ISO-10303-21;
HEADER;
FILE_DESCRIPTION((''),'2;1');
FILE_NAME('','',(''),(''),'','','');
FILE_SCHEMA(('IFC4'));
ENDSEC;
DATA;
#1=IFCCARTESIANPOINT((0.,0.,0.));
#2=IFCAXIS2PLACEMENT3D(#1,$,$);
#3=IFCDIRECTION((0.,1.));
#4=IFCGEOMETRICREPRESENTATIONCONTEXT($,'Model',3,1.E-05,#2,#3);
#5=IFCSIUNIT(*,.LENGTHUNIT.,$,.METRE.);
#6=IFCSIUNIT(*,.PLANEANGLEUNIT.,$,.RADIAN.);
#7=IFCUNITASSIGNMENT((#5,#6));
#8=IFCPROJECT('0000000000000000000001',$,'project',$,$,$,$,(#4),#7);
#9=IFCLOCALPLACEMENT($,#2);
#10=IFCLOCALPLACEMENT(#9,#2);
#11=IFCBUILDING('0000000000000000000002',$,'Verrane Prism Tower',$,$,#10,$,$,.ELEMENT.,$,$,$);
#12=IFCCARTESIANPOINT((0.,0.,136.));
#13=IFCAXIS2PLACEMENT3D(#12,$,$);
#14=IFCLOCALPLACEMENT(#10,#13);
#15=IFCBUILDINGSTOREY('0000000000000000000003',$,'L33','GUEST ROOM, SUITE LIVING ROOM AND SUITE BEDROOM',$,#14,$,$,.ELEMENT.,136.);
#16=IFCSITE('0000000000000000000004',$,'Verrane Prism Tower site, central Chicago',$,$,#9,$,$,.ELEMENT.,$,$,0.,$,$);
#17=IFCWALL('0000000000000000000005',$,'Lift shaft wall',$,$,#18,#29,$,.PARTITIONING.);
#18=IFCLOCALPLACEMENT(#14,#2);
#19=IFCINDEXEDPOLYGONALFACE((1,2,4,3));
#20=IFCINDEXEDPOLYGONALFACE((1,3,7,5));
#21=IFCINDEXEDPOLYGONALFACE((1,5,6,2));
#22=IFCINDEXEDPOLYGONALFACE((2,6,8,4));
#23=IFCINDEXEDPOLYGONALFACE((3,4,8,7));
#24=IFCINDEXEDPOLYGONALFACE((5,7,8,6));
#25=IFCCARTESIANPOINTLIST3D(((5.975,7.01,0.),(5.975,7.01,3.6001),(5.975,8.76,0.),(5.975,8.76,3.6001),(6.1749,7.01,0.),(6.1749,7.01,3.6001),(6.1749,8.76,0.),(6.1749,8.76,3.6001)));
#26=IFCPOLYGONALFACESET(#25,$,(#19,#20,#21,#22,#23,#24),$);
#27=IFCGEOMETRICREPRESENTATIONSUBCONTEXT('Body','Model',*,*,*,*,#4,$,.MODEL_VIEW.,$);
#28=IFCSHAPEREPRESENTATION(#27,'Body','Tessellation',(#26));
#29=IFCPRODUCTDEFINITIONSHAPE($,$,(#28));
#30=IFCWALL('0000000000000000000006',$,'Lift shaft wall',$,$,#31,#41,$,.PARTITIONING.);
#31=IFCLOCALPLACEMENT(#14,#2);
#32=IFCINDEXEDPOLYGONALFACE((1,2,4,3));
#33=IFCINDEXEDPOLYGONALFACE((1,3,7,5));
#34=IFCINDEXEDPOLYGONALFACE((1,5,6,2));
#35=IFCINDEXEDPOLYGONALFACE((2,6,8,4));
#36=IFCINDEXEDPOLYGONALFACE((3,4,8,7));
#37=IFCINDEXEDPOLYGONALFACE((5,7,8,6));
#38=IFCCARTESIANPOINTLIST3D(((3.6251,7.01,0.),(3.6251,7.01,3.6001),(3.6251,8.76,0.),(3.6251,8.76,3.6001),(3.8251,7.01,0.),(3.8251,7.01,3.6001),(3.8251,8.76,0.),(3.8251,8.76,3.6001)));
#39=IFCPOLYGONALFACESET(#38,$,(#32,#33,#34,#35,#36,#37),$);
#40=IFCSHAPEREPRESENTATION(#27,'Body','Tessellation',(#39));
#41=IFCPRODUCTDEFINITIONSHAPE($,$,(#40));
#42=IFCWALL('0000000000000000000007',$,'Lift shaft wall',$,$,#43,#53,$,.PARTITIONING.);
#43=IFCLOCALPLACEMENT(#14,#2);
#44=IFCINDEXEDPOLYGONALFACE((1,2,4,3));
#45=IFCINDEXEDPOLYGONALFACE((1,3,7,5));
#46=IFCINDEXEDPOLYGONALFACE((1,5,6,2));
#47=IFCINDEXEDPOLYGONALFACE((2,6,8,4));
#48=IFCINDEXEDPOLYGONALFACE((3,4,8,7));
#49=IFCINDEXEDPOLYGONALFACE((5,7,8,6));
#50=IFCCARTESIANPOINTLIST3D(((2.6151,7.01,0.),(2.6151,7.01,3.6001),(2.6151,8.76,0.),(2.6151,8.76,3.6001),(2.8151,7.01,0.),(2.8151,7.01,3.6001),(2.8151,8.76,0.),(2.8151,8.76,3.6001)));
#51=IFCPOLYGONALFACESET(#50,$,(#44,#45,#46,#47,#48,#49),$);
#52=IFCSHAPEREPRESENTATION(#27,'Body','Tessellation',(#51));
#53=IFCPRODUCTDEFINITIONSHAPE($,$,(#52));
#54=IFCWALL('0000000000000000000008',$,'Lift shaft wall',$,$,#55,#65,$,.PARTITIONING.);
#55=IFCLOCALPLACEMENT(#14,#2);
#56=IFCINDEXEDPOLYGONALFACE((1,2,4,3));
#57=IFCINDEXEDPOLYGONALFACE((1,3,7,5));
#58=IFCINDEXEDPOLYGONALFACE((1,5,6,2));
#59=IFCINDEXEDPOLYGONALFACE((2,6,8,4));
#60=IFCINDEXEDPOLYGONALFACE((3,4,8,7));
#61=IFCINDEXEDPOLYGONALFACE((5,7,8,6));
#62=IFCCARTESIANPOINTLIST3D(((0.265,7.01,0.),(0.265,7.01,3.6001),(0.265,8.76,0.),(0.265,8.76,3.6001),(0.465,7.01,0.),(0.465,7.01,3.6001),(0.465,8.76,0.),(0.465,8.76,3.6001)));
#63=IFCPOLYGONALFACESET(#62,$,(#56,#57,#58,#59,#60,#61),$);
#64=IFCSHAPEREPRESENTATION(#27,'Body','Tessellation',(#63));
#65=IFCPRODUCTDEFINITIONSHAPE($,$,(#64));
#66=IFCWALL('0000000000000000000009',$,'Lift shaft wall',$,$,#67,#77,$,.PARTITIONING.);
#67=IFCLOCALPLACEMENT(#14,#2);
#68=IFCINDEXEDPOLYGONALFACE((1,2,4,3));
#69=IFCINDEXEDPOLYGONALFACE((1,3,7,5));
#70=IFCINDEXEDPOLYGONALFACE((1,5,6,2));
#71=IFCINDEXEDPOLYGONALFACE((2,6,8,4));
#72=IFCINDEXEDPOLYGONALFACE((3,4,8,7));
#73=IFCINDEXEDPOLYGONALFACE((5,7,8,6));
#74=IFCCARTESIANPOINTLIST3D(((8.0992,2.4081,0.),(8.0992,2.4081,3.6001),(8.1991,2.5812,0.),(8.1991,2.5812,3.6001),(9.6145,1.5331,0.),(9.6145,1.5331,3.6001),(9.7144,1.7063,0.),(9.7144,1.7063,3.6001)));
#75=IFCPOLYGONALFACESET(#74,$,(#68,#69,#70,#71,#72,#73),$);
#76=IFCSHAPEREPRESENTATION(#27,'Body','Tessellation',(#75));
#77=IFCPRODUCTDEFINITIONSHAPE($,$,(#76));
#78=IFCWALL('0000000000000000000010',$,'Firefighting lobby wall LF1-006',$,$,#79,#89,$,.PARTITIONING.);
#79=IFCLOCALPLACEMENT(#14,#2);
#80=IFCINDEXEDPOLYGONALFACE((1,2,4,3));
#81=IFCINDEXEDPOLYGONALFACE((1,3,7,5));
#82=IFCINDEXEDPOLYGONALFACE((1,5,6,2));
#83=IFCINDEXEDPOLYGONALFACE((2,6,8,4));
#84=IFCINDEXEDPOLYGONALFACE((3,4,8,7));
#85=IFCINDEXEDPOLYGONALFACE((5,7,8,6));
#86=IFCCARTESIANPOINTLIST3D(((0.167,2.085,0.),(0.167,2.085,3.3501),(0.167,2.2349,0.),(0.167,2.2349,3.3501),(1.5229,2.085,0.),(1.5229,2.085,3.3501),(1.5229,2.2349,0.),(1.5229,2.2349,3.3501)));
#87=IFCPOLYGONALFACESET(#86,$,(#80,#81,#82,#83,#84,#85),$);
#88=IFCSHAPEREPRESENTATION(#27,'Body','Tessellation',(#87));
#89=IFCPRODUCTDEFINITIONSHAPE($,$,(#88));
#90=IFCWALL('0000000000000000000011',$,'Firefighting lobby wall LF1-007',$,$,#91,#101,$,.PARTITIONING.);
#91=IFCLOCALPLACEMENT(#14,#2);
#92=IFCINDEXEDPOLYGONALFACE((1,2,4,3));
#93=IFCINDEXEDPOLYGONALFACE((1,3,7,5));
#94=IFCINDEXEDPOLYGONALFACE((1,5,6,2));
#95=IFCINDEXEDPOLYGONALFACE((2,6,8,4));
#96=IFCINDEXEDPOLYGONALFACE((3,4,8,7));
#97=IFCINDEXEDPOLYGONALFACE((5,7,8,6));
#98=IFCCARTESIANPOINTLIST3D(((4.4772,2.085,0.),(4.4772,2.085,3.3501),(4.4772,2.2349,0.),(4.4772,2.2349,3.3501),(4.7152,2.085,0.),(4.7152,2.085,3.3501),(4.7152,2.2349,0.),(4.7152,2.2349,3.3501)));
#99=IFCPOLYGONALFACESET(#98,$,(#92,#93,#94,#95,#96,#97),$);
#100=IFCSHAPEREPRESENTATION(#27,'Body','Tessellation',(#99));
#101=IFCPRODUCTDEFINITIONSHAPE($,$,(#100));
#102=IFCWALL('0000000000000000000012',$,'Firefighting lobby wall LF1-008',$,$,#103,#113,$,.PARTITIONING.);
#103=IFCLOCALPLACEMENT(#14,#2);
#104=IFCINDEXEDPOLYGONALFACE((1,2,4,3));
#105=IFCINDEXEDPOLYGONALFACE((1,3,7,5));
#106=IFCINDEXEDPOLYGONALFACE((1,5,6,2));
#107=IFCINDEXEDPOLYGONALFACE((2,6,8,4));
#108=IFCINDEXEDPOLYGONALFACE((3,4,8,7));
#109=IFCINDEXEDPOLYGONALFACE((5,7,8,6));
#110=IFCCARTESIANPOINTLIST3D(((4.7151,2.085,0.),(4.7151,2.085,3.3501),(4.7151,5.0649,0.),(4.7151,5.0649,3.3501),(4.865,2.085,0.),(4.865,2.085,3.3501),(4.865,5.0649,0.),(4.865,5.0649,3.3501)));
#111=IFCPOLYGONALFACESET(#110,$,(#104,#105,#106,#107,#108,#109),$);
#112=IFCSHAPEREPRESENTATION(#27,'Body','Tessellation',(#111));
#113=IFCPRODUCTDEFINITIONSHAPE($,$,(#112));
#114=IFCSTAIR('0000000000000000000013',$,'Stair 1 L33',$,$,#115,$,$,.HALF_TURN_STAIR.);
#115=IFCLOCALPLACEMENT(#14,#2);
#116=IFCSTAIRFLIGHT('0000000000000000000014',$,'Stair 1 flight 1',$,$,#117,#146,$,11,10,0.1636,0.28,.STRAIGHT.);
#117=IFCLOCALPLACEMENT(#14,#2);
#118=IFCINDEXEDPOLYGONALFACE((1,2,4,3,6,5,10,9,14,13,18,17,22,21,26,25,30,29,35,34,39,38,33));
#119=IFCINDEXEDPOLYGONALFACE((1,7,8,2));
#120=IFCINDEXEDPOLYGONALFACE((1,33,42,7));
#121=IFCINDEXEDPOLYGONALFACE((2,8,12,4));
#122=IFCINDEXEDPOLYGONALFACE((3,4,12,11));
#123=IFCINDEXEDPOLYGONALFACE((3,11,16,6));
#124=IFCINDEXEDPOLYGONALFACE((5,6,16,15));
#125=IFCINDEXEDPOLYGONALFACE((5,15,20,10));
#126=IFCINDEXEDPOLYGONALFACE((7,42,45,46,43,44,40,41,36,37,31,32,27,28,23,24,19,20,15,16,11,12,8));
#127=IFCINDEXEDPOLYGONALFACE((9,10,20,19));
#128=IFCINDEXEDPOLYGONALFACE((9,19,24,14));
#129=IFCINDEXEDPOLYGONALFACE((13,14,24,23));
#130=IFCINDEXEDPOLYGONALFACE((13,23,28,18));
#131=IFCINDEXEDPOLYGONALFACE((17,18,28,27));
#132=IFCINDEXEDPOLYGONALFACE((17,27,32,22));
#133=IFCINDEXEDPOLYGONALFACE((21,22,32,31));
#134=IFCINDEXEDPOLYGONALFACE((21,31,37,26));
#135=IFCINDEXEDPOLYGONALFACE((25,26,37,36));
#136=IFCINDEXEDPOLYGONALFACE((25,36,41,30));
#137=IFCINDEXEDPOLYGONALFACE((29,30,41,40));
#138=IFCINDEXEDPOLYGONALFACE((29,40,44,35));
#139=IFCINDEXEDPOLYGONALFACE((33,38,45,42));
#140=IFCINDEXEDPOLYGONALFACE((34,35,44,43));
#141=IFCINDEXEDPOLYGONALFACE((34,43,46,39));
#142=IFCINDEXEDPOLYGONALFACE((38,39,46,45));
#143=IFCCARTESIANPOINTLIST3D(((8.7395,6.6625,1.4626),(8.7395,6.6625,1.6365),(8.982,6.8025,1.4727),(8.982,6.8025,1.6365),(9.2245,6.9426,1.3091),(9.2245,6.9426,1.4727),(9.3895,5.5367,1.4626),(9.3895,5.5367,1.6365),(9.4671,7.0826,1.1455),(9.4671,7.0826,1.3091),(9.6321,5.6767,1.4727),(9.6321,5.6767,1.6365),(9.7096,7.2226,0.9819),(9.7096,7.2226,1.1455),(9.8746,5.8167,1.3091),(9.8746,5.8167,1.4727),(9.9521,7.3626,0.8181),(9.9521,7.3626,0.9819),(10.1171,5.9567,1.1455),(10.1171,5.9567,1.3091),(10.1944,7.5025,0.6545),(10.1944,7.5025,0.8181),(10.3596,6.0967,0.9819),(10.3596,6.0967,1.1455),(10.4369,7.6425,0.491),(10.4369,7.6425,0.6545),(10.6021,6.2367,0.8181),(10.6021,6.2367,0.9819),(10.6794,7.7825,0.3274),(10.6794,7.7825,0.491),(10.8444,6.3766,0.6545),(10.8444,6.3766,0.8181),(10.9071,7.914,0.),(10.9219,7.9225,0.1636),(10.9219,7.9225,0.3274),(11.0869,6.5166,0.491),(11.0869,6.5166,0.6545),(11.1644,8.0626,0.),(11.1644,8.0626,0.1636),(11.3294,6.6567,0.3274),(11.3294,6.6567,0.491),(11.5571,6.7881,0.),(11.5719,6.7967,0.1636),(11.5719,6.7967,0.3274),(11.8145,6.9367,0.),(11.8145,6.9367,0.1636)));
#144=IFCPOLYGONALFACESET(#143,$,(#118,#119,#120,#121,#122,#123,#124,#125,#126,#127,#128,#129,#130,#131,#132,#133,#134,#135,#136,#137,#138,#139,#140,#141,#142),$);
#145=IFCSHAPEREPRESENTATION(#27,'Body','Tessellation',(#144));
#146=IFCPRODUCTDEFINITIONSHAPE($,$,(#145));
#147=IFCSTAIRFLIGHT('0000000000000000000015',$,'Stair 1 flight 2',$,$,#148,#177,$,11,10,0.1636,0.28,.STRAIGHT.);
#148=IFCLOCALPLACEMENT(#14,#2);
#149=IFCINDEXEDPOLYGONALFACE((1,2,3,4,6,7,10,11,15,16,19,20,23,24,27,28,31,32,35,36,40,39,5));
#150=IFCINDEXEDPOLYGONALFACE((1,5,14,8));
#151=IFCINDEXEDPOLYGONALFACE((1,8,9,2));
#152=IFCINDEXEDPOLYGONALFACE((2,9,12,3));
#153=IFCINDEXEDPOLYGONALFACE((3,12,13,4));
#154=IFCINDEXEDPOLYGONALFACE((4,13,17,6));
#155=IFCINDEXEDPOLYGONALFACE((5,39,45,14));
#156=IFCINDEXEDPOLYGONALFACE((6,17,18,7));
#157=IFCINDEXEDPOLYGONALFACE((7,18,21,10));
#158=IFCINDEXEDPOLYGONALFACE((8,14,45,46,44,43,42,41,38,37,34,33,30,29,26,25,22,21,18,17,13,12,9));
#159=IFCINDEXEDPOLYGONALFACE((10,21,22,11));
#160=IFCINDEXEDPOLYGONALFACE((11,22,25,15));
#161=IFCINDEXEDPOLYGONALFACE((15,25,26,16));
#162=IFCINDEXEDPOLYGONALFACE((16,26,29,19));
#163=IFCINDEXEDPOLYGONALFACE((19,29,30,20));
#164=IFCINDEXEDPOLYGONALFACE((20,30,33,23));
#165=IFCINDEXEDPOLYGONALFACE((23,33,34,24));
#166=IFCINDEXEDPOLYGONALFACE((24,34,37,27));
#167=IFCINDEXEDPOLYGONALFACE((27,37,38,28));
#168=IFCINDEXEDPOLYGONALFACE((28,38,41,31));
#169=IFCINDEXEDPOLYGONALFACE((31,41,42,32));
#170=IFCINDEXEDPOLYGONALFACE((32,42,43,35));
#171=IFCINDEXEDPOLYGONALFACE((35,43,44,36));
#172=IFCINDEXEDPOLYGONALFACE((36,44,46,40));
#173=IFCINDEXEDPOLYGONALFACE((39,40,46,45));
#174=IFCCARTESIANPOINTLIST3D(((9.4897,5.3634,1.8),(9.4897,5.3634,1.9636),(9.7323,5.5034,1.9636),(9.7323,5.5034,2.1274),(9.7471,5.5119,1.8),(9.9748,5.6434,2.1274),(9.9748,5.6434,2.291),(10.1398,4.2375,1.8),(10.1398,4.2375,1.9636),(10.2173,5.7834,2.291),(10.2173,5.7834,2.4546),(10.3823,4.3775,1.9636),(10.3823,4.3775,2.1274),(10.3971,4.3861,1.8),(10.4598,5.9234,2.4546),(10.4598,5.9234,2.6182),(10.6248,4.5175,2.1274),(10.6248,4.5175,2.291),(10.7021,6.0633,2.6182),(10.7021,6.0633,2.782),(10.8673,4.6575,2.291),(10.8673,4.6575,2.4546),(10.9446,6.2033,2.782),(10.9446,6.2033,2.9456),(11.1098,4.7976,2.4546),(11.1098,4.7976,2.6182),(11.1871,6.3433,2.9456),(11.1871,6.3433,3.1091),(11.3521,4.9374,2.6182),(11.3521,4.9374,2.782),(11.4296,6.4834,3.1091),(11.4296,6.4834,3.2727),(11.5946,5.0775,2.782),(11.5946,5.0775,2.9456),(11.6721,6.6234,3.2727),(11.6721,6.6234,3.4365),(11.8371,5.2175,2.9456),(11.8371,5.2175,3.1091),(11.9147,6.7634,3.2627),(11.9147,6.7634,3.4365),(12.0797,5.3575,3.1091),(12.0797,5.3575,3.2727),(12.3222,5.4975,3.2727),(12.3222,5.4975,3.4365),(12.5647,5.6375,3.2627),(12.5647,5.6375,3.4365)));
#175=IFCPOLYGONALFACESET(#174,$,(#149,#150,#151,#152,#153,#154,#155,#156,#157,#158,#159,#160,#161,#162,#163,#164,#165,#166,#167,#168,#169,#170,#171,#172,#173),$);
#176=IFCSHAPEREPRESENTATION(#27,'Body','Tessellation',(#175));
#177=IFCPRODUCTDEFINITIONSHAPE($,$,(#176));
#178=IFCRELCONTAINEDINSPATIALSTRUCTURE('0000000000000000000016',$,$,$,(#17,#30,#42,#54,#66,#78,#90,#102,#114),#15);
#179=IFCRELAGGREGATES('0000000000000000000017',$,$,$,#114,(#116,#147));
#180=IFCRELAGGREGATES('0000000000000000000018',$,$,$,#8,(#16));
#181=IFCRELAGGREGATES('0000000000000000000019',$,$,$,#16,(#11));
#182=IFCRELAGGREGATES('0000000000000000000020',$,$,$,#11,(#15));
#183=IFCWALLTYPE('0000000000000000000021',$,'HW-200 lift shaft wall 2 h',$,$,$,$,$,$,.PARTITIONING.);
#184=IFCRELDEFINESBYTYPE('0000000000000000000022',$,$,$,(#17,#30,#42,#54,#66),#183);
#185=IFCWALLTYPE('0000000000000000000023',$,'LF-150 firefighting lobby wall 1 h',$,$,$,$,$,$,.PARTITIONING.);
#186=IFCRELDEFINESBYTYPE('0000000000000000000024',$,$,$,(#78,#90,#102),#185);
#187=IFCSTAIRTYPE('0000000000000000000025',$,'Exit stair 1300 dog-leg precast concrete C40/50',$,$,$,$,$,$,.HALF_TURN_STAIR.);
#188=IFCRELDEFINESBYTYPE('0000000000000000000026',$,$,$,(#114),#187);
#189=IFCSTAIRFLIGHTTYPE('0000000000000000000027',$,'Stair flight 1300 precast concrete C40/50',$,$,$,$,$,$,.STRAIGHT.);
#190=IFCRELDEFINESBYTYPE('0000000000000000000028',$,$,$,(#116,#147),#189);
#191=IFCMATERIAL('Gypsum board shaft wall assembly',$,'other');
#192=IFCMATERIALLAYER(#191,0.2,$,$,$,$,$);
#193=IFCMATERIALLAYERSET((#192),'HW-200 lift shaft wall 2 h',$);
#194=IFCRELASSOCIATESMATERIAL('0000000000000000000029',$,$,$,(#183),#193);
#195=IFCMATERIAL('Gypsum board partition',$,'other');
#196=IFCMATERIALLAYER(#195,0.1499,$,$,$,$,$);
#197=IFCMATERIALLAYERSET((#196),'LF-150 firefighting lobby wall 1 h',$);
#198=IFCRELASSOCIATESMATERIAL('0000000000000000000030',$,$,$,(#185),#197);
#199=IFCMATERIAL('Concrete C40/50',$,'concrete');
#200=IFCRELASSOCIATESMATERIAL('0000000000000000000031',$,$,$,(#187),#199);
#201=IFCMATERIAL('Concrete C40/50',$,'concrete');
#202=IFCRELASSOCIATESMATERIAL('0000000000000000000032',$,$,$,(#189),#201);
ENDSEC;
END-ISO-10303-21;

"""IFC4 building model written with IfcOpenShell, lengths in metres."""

from ifc_helpers import new_model, si_unit, direction, frame, frame_2d, origin, place, context, subcontext, project, spatial, polyline, rectangle, outline, extrude, material, layer, layer_set, type_object, element, aggregate, save


model = new_model("IFC4")

# Units and contexts
model_context = context("Model", 3, precision=1e-05, world=origin(), true_north=direction((0.0, 1.0)))
body_context = subcontext(model_context, "Body", "Model", "MODEL_VIEW")
ifc_project = project(units=[si_unit("LENGTHUNIT", "METRE"), si_unit("PLANEANGLEUNIT", "RADIAN")], contexts=[model_context])

# Site, building, storey
site_placement = place(None, origin())
site = spatial("IfcSite", under=ifc_project, at=site_placement, Name="Verrane Prism Tower site, central Chicago", CompositionType="ELEMENT", RefElevation=0.0)
building_placement = place(site_placement, origin())
building = spatial("IfcBuilding", under=site, at=building_placement, Name="Verrane Prism Tower", CompositionType="ELEMENT")
storey_placement = place(building_placement, frame((0.0, 0.0, 136.0)))
storey = spatial("IfcBuildingStorey", under=building, at=storey_placement, Name="L33", Description="GUEST ROOM, SUITE LIVING ROOM AND SUITE BEDROOM", CompositionType="ELEMENT", Elevation=136.0)

# Shared definitions
ifc_material_1 = material(Name="Gypsum board shaft wall assembly", Category="other")
ifc_layer_1 = layer(ifc_material_1, 0.2)
ifc_layer_set_1 = layer_set([ifc_layer_1], Name="HW-200 lift shaft wall 2 h")
wall_type_1 = type_object("IfcWallType", Name="HW-200 lift shaft wall 2 h", PredefinedType="PARTITIONING", material=ifc_layer_set_1)

# Walls
for number, where, z_axis, x_axis, name in (
    (1, (6.075, 7.01, 0.0), (0.0, 0.0, 1.0), (0.0, 1.0, 0.0), "Lift shaft wall"),
    (2, (3.7251, 7.01, 0.0), (0.0, 0.0, 1.0), (0.0, 1.0, 0.0), "Lift shaft wall"),
    (3, (2.7151, 7.01, 0.0), (0.0, 0.0, 1.0), (0.0, 1.0, 0.0), "Lift shaft wall"),
    (4, (0.365, 7.01, 0.0), (0.0, 0.0, 1.0), (0.0, 1.0, 0.0), "Lift shaft wall"),
):
    element("IfcWall", number, at=place(storey_placement, frame(where, z_axis=z_axis, x_axis=x_axis)), inside=storey, type_object=wall_type_1, Name=name, PredefinedType="PARTITIONING", context=body_context, shape_type="SweptSolid", body=[
        extrude(rectangle(XDim=1.75, YDim=0.2, at=frame_2d((0.875, 0.0))), origin(), (0.0, 0.0, 1.0), 3.6001),
    ])
wall_1_placement = place(storey_placement, frame((9.6646, 1.6196, 0.0), z_axis=(0.0, 0.0, 1.0), x_axis=(-0.866002, 0.50004, 0.0)))
element("IfcWall", 5, at=wall_1_placement, inside=storey, type_object=wall_type_1, Name="Lift shaft wall", PredefinedType="PARTITIONING", context=body_context, shape_type="SweptSolid", body=[
    extrude(rectangle(XDim=1.7498, YDim=0.2, at=frame_2d((0.875, 0.0))), origin(), (0.0, 0.0, 1.0), 3.6001),
])
ifc_material_2 = material(Name="Gypsum board partition", Category="other")
ifc_layer_2 = layer(ifc_material_2, 0.1499)
ifc_layer_set_2 = layer_set([ifc_layer_2], Name="LF-150 firefighting lobby wall 1 h")
wall_type_2 = type_object("IfcWallType", Name="LF-150 firefighting lobby wall 1 h", PredefinedType="PARTITIONING", material=ifc_layer_set_2)
wall_2_placement = place(storey_placement, frame((0.167, 2.1599, 0.0), z_axis=(0.0, 0.0, 1.0), x_axis=(1.0, 0.0, 0.0)))
element("IfcWall", 6, at=wall_2_placement, inside=storey, type_object=wall_type_2, Name="Firefighting lobby wall LF1-006", PredefinedType="PARTITIONING", context=body_context, shape_type="SweptSolid", body=[
    extrude(rectangle(XDim=1.356, YDim=0.1499, at=frame_2d((0.678, 0.0))), origin(), (0.0, 0.0, 1.0), 3.3501),
])
wall_3_placement = place(storey_placement, frame((4.4771, 2.1599, 0.0), z_axis=(0.0, 0.0, 1.0), x_axis=(1.0, 0.0, 0.0)))
element("IfcWall", 7, at=wall_3_placement, inside=storey, type_object=wall_type_2, Name="Firefighting lobby wall LF1-007", PredefinedType="PARTITIONING", context=body_context, shape_type="SweptSolid", body=[
    extrude(rectangle(XDim=0.238, YDim=0.1499, at=frame_2d((0.1191, 0.0))), origin(), (0.0, 0.0, 1.0), 3.3501),
])
wall_4_placement = place(storey_placement, frame((4.79, 2.085, 0.0), z_axis=(0.0, 0.0, 1.0), x_axis=(0.0, 1.0, 0.0)))
element("IfcWall", 8, at=wall_4_placement, inside=storey, type_object=wall_type_2, Name="Firefighting lobby wall LF1-008", PredefinedType="PARTITIONING", context=body_context, shape_type="SweptSolid", body=[
    extrude(rectangle(XDim=2.98, YDim=0.1499, at=frame_2d((1.49, 0.0))), origin(), (0.0, 0.0, 1.0), 3.3501),
])

# Stair, stair flights
ifc_material_3 = material(Name="Concrete C40/50", Category="concrete")
stair_type = type_object("IfcStairType", Name="Exit stair 1300 dog-leg precast concrete C40/50", PredefinedType="HALF_TURN_STAIR", material=ifc_material_3)
stair_placement = place(storey_placement, origin())
stair = element("IfcStair", 9, at=stair_placement, inside=storey, type_object=stair_type, Name="Stair 1 L33", PredefinedType="HALF_TURN_STAIR")
ifc_material_4 = material(Name="Concrete C40/50", Category="concrete")
stair_flight_type = type_object("IfcStairFlightType", Name="Stair flight 1300 precast concrete C40/50", PredefinedType="STRAIGHT", material=ifc_material_4)
stair_flight_1_placement = place(storey_placement, frame((11.4895, 7.4995, 0.0), z_axis=(0.0, 0.0, 1.0), x_axis=(-0.866025, -0.5, 0.0)))
stair_flight_1 = element("IfcStairFlight", 10, at=stair_flight_1_placement, type_object=stair_flight_type, Name="Stair 1 flight 1", NumberOfRisers=11, NumberOfTreads=10, PredefinedType="STRAIGHT", RiserHeight=0.1636, TreadLength=0.28, context=body_context, shape_type="SweptSolid", body=[
    extrude(outline(polyline([(0.0, 0.0), (0.0, 0.1636), (0.28, 0.1636), (0.28, 0.3274), (0.5601, 0.3274), (0.5601, 0.491), (0.8401, 0.491), (0.8401, 0.6545), (1.1201, 0.6545), (1.1201, 0.8181), (1.3999, 0.8181), (1.3999, 0.9819), (1.6799, 0.9819), (1.6799, 1.1455), (1.96, 1.1455), (1.96, 1.3091), (2.24, 1.3091), (2.24, 1.4727), (2.52, 1.4727), (2.52, 1.6365), (2.8, 1.6365), (2.8, 1.8), (2.8, 1.4626), (0.2971, 0.0), (0.0, 0.0)])), frame((0.0, 0.6499, 0.0), z_axis=(0.0, -1.0, 0.0), x_axis=(1.0, 0.0, 0.0)), (0.0, 0.0, 1.0), 1.3),
])
stair_flight_2_placement = place(storey_placement, frame((9.8147, 4.8005, 1.8), z_axis=(0.0, 0.0, 1.0), x_axis=(0.866025, 0.5, 0.0)))
stair_flight_2 = element("IfcStairFlight", 11, at=stair_flight_2_placement, type_object=stair_flight_type, Name="Stair 1 flight 2", NumberOfRisers=11, NumberOfTreads=10, PredefinedType="STRAIGHT", RiserHeight=0.1636, TreadLength=0.28, context=body_context, shape_type="SweptSolid", body=[
    extrude(outline(polyline([(0.0, 0.0), (0.0, 0.1636), (0.28, 0.1636), (0.28, 0.3274), (0.5601, 0.3274), (0.5601, 0.491), (0.8401, 0.491), (0.8401, 0.6545), (1.1201, 0.6545), (1.1201, 0.8181), (1.3999, 0.8181), (1.3999, 0.9819), (1.6799, 0.9819), (1.6799, 1.1455), (1.96, 1.1455), (1.96, 1.3091), (2.24, 1.3091), (2.24, 1.4727), (2.52, 1.4727), (2.52, 1.6365), (2.8, 1.6365), (2.8, 1.8), (2.8, 1.4626), (0.2971, 0.0), (0.0, 0.0)])), frame((0.0, 0.6499, 0.0), z_axis=(0.0, -1.0, 0.0), x_axis=(1.0, 0.0, 0.0)), (0.0, 0.0, 1.0), 1.3),
])
aggregate(stair, [stair_flight_1, stair_flight_2])

save(model, "model.ifc")
